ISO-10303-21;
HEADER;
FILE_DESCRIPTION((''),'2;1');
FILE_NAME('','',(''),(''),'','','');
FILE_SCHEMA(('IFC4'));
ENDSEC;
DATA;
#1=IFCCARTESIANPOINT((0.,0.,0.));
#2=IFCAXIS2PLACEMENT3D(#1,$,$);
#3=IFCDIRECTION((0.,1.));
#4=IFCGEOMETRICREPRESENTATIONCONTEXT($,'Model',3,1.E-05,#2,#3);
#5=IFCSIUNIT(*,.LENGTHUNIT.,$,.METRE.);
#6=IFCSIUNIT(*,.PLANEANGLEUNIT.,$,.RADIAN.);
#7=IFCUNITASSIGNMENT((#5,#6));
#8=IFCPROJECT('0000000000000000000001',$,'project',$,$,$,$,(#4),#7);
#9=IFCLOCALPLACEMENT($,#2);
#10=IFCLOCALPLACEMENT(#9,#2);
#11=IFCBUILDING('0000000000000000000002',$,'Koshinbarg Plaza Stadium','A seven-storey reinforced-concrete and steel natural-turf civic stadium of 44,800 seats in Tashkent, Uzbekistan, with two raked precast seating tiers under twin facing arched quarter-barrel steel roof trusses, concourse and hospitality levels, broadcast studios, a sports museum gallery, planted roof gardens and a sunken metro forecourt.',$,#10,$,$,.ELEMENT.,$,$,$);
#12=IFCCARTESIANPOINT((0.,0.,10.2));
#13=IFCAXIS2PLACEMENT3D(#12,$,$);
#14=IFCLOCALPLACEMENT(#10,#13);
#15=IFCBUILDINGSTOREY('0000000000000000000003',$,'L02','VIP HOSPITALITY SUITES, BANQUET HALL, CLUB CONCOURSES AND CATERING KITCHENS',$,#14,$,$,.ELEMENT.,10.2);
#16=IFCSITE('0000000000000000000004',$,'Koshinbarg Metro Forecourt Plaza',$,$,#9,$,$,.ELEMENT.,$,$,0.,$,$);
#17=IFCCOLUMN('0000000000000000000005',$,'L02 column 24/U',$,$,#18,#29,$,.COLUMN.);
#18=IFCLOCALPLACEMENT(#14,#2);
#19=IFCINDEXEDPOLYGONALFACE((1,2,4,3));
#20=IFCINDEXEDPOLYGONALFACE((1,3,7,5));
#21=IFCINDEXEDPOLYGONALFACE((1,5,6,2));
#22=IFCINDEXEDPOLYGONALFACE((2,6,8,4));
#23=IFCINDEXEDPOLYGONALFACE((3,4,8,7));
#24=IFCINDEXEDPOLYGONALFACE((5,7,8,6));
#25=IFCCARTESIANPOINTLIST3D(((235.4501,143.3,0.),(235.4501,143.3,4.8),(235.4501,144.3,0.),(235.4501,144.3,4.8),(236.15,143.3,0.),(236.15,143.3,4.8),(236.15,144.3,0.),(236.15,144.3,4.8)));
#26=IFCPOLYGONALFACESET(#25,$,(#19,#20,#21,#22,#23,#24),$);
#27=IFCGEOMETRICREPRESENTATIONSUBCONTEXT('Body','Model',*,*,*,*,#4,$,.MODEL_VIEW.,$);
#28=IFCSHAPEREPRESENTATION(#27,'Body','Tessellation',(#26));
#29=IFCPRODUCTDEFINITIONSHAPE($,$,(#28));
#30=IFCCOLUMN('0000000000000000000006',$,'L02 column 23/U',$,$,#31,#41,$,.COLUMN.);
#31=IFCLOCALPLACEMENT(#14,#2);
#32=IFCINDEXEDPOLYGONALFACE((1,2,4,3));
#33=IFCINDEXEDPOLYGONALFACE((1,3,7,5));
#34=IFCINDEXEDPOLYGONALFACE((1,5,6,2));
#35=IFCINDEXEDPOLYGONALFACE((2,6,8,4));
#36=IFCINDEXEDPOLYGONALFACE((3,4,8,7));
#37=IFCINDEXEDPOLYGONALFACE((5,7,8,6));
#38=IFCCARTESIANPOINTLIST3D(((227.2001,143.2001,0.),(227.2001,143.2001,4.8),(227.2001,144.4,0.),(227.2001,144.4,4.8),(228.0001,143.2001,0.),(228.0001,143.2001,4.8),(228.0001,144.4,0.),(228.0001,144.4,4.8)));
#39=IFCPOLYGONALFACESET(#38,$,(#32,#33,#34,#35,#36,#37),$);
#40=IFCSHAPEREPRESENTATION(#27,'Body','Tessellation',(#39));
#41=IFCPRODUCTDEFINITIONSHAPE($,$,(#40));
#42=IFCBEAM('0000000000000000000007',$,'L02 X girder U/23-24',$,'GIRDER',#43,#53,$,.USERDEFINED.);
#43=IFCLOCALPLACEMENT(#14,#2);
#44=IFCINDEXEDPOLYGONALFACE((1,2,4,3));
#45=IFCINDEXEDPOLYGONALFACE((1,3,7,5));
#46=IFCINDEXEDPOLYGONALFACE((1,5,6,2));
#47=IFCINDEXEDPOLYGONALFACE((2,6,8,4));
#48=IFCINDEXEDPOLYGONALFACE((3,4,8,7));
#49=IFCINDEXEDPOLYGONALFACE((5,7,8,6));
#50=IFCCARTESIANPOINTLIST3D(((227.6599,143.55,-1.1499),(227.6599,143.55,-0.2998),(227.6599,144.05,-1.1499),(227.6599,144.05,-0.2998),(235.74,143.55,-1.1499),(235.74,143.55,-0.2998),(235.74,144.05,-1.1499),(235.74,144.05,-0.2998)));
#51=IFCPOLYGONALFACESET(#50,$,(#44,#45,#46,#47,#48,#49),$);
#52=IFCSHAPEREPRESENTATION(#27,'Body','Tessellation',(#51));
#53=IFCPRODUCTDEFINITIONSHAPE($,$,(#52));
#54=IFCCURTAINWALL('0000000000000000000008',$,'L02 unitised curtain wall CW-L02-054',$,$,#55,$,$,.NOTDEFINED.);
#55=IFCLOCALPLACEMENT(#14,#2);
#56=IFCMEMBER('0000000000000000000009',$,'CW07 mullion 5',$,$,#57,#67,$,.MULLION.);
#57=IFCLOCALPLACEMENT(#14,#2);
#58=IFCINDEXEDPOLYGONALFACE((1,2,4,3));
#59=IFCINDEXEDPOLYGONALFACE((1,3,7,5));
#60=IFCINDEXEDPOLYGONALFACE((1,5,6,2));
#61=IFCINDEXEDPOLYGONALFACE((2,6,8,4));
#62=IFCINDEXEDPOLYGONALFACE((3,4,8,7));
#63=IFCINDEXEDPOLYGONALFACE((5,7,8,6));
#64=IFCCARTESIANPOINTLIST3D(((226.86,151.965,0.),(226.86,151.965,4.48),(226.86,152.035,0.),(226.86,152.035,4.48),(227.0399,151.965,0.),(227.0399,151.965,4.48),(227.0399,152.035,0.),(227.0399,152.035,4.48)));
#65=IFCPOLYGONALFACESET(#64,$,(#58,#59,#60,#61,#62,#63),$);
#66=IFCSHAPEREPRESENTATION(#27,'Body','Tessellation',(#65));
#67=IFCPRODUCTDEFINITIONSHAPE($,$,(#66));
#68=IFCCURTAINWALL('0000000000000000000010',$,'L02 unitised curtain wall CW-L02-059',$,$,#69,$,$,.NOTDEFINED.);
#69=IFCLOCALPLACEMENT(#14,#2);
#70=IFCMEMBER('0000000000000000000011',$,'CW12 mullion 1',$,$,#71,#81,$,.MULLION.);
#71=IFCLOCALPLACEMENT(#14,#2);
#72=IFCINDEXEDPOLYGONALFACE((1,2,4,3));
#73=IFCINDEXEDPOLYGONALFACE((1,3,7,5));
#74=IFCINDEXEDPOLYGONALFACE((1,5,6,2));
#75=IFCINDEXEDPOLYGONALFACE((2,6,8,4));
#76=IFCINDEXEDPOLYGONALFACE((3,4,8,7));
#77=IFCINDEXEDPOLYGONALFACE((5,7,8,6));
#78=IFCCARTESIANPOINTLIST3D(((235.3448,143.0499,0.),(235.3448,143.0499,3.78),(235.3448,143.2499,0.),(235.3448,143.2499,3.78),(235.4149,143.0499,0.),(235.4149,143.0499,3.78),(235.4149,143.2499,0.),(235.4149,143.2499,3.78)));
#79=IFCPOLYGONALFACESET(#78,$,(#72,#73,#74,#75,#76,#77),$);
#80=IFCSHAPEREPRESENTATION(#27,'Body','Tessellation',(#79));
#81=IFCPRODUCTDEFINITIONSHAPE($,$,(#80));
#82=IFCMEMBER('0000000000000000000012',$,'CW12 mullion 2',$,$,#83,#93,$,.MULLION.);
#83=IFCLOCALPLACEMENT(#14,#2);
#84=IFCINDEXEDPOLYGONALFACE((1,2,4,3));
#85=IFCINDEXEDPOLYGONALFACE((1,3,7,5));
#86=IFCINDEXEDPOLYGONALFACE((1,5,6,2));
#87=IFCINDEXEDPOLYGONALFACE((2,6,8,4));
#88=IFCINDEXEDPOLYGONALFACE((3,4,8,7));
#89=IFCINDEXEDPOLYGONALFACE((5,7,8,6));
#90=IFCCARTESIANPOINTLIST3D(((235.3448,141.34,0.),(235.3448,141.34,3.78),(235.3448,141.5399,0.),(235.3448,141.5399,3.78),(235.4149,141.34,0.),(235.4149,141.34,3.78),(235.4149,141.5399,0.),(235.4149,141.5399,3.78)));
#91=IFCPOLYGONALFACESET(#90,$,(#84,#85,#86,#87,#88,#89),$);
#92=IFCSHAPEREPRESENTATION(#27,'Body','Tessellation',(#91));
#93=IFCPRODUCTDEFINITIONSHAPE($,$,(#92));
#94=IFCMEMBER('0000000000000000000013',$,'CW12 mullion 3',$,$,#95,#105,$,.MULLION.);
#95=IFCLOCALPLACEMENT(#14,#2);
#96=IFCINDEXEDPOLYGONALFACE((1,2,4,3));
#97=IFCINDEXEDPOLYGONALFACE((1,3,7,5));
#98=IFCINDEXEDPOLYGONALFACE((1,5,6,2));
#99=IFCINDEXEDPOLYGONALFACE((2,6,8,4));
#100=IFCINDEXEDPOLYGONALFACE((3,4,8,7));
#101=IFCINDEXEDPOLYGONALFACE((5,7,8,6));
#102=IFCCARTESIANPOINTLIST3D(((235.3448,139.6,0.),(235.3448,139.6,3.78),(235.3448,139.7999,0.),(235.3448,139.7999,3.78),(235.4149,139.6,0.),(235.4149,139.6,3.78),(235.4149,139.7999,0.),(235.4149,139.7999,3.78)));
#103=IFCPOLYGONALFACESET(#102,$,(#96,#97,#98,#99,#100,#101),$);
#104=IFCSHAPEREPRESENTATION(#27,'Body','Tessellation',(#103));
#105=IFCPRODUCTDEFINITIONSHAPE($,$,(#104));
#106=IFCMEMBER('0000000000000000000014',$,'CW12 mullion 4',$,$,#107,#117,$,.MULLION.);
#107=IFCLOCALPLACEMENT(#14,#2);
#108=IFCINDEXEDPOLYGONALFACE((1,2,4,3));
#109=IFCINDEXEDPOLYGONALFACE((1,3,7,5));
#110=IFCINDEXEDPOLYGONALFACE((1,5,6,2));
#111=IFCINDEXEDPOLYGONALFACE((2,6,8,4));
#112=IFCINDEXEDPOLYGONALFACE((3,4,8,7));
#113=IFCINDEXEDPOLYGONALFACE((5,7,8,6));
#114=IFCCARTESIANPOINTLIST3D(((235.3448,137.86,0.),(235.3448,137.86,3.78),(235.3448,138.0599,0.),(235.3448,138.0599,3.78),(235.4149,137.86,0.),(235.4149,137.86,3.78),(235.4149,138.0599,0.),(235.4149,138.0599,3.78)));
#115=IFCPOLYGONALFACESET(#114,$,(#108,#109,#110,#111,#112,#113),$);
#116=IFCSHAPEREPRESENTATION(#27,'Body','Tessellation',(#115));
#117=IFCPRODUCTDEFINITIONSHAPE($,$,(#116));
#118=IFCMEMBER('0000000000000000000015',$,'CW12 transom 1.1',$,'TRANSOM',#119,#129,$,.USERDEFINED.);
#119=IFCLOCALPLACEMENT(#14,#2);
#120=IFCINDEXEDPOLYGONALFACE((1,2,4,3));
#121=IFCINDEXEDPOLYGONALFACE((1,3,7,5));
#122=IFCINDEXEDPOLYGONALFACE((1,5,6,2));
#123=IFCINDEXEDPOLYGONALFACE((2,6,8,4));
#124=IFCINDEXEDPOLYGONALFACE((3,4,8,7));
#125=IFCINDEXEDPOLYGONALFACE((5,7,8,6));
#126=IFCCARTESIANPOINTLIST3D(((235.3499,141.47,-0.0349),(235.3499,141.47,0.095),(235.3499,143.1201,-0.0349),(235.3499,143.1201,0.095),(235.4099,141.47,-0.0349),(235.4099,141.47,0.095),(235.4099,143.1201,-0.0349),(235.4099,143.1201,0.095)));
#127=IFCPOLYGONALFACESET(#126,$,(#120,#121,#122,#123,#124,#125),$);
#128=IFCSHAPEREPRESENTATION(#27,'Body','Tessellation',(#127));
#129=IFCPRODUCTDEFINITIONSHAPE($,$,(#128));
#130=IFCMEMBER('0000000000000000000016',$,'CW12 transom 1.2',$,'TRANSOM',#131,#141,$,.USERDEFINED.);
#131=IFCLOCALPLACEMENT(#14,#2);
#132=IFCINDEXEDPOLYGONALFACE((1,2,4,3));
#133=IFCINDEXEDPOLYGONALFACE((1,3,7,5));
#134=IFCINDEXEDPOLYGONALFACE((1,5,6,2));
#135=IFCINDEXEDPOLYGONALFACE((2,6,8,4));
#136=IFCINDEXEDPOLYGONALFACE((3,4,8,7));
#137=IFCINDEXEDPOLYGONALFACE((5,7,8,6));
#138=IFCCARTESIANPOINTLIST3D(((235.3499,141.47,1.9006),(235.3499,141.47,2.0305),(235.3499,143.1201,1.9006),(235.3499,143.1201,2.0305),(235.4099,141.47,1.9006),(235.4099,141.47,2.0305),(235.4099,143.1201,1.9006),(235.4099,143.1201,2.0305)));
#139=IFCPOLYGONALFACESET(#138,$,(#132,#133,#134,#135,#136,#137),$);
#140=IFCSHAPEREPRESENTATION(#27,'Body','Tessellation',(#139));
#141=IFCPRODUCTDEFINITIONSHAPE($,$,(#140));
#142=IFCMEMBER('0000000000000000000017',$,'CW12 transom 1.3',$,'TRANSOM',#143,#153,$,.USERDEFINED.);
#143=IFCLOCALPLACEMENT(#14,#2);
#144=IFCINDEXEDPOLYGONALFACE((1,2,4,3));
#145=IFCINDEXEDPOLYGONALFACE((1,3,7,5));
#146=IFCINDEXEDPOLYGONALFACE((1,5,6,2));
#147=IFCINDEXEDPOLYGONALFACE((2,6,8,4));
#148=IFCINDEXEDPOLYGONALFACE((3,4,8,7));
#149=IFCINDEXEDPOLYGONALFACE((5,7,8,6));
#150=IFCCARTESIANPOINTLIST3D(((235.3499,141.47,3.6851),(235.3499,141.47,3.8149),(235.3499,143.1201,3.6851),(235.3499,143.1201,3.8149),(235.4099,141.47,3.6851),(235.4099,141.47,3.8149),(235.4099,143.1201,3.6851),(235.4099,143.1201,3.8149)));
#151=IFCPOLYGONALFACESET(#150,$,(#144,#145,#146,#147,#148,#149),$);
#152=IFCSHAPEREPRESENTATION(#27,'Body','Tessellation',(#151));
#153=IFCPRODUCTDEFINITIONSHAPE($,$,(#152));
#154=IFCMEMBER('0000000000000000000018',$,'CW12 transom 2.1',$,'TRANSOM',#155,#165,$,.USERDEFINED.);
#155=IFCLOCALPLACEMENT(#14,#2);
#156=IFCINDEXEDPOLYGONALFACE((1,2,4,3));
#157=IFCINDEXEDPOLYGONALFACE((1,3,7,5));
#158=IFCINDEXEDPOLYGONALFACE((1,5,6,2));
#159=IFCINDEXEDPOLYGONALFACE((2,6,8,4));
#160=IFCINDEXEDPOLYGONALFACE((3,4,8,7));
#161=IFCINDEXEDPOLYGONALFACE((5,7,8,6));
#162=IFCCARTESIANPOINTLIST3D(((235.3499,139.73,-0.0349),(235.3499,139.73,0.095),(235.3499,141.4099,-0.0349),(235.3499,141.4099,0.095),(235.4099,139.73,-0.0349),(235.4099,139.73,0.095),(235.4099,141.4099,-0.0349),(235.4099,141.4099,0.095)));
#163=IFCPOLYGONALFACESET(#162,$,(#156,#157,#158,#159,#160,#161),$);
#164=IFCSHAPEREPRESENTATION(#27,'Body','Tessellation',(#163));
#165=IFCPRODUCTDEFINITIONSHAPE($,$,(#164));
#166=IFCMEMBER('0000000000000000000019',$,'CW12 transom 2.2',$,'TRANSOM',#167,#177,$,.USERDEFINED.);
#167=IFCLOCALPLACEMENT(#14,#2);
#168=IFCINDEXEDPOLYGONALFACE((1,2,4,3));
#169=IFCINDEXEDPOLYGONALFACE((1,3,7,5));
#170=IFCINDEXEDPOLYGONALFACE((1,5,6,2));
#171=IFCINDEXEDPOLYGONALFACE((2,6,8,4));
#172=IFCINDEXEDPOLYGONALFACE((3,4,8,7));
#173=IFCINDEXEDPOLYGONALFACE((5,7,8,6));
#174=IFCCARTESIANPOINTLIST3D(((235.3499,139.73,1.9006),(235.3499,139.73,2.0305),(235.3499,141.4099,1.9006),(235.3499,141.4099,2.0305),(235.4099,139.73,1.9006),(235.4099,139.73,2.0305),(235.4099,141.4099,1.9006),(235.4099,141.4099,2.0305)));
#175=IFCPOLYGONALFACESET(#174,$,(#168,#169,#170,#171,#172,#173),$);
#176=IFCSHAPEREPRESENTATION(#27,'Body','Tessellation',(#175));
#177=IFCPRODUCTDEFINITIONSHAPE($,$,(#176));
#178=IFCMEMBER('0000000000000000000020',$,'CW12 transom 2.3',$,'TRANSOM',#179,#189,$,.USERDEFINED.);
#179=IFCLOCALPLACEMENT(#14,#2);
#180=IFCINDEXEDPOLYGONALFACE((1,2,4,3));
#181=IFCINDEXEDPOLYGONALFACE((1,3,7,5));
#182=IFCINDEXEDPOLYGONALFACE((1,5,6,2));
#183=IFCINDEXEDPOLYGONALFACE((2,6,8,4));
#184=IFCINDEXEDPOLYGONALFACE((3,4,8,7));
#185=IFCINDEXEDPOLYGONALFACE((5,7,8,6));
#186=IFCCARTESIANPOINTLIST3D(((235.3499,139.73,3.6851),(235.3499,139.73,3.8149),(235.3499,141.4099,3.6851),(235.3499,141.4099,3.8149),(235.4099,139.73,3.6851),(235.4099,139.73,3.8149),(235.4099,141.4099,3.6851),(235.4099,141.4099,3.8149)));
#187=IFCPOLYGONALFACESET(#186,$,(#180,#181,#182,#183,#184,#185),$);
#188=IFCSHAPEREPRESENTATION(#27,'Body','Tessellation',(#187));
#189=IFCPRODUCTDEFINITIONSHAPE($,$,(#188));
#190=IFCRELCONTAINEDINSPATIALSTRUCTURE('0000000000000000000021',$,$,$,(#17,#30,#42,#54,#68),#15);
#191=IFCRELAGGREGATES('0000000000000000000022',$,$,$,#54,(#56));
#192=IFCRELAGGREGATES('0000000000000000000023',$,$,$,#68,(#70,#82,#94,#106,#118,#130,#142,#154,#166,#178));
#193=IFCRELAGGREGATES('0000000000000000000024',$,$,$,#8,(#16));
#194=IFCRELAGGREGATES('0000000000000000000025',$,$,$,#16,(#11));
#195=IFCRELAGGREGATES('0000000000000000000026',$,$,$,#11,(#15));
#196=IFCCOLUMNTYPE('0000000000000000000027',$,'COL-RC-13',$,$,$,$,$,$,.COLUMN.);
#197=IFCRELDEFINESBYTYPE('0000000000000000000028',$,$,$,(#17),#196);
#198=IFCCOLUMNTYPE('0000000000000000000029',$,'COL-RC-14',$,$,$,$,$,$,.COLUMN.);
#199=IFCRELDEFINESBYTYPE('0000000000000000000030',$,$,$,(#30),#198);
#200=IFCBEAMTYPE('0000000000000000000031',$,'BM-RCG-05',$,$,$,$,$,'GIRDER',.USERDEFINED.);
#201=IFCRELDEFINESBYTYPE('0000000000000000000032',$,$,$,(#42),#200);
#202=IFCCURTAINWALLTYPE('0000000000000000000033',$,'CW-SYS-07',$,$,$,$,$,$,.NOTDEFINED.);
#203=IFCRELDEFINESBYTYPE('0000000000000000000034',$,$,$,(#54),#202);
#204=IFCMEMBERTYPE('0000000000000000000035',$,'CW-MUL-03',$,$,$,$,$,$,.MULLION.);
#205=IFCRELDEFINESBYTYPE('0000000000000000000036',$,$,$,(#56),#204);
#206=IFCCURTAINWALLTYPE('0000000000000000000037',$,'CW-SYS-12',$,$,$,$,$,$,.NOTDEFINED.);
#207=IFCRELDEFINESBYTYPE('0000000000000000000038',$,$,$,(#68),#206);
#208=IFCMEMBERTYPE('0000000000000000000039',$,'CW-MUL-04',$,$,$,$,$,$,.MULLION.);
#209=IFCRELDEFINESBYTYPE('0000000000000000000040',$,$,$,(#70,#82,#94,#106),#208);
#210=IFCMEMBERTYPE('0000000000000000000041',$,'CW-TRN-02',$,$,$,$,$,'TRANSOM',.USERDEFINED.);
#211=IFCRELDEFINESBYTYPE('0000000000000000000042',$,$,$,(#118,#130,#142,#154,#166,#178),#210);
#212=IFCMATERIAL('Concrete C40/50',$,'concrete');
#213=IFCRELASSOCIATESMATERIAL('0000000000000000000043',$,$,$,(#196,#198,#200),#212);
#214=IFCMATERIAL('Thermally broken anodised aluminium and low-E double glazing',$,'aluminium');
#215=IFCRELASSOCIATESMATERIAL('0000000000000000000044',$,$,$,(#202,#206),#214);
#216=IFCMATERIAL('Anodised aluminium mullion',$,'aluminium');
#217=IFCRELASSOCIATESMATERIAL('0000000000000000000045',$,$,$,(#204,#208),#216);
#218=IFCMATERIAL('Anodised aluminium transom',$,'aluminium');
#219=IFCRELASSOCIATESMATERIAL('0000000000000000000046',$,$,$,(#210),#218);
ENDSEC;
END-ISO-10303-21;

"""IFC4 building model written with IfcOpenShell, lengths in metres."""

from ifc_helpers import new_model, si_unit, direction, frame, origin, origin_2d, place, context, subcontext, project, spatial, rectangle, extrude, material, material_profile, profile_set, type_object, element, aggregate, save


model = new_model("IFC4")

# Units and contexts
model_context = context("Model", 3, precision=1e-05, world=origin(), true_north=direction((0.0, 1.0)))
body_context = subcontext(model_context, "Body", "Model", "MODEL_VIEW")
ifc_project = project(units=[si_unit("LENGTHUNIT", "METRE"), si_unit("PLANEANGLEUNIT", "RADIAN")], contexts=[model_context])

# Site, building, storey
site_placement = place(None, origin())
site = spatial("IfcSite", under=ifc_project, at=site_placement, Name="Koshinbarg Metro Forecourt Plaza", CompositionType="ELEMENT", RefElevation=0.0)
building_placement = place(site_placement, origin())
building = spatial("IfcBuilding", under=site, at=building_placement, Name="Koshinbarg Plaza Stadium", Description="A seven-storey reinforced-concrete and steel natural-turf civic stadium of 44,800 seats in Tashkent, Uzbekistan, with two raked precast seating tiers under twin facing arched quarter-barrel steel roof trusses, concourse and hospitality levels, broadcast studios, a sports museum gallery, planted roof gardens and a sunken metro forecourt.", CompositionType="ELEMENT")
storey_placement = place(building_placement, frame((0.0, 0.0, 10.2)))
storey = spatial("IfcBuildingStorey", under=building, at=storey_placement, Name="L02", Description="VIP HOSPITALITY SUITES, BANQUET HALL, CLUB CONCOURSES AND CATERING KITCHENS", CompositionType="ELEMENT", Elevation=10.2)

# Columns
ifc_material_1 = material(Name="Concrete C40/50", Category="concrete")
ifc_material_profile_1 = material_profile(ifc_material_1, rectangle(XDim=0.7, YDim=1.0, at=origin_2d()), Name="RC 700x1000")
ifc_profile_set_1 = profile_set([ifc_material_profile_1], Name="Concrete C40/50")
column_type_1 = type_object("IfcColumnType", Name="COL-RC-13", PredefinedType="COLUMN", material=ifc_profile_set_1)
column_1_placement = place(storey_placement, frame((235.8, 143.8, 0.0), z_axis=(0.0, 0.0, 1.0), x_axis=(1.0, 0.0, 0.0)))
element("IfcColumn", 1, at=column_1_placement, inside=storey, type_object=column_type_1, Name="L02 column 24/U", PredefinedType="COLUMN", context=body_context, shape_type="SweptSolid", body=[
    extrude(rectangle(XDim=0.7, YDim=1.0, at=origin_2d()), origin(), (0.0, 0.0, 1.0), 4.8),
])
ifc_material_profile_2 = material_profile(ifc_material_1, rectangle(XDim=0.8, YDim=1.2, at=origin_2d()), Name="RC 800x1200")
ifc_profile_set_2 = profile_set([ifc_material_profile_2], Name="Concrete C40/50")
column_type_2 = type_object("IfcColumnType", Name="COL-RC-14", PredefinedType="COLUMN", material=ifc_profile_set_2)
column_2_placement = place(storey_placement, frame((227.6001, 143.8, 0.0), z_axis=(0.0, 0.0, 1.0), x_axis=(1.0, 0.0, 0.0)))
element("IfcColumn", 2, at=column_2_placement, inside=storey, type_object=column_type_2, Name="L02 column 23/U", PredefinedType="COLUMN", context=body_context, shape_type="SweptSolid", body=[
    extrude(rectangle(XDim=0.8, YDim=1.2, at=origin_2d()), origin(), (0.0, 0.0, 1.0), 4.8),
])

# Beam
ifc_material_profile_3 = material_profile(ifc_material_1, rectangle(XDim=0.5, YDim=0.8501, at=origin_2d()), Name="RC 500x850")
ifc_profile_set_3 = profile_set([ifc_material_profile_3], Name="Concrete C40/50")
beam_type = type_object("IfcBeamType", Name="BM-RCG-05", ElementType="GIRDER", PredefinedType="USERDEFINED", material=ifc_profile_set_3)
beam_placement = place(storey_placement, frame((227.6599, 143.8, -0.7249), z_axis=(1.0, 0.0, 0.0), x_axis=(0.0, 1.0, 0.0)))
element("IfcBeam", 3, at=beam_placement, inside=storey, type_object=beam_type, Name="L02 X girder U/23-24", ObjectType="GIRDER", PredefinedType="USERDEFINED", context=body_context, shape_type="SweptSolid", body=[
    extrude(rectangle(XDim=0.5, YDim=0.8501, at=origin_2d()), origin(), (0.0, 0.0, 1.0), 8.0801),
])

# Curtain wall, member
ifc_material_2 = material(Name="Thermally broken anodised aluminium and low-E double glazing", Category="aluminium")
curtain_wall_type_1 = type_object("IfcCurtainWallType", Name="CW-SYS-07", PredefinedType="NOTDEFINED", material=ifc_material_2)
curtain_wall_1_placement = place(storey_placement, origin())
curtain_wall_1 = element("IfcCurtainWall", 4, at=curtain_wall_1_placement, inside=storey, type_object=curtain_wall_type_1, Name="L02 unitised curtain wall CW-L02-054", PredefinedType="NOTDEFINED")
ifc_material_3 = material(Name="Anodised aluminium mullion", Category="aluminium")
ifc_material_profile_4 = material_profile(ifc_material_3, rectangle(XDim=0.0701, YDim=0.1799, at=origin_2d()), Name="ALU 70x180")
ifc_profile_set_4 = profile_set([ifc_material_profile_4], Name="Anodised aluminium mullion")
member_type_1 = type_object("IfcMemberType", Name="CW-MUL-03", PredefinedType="MULLION", material=ifc_profile_set_4)
member_1_placement = place(storey_placement, frame((226.95, 152.0, 0.0), z_axis=(0.0, 0.0, 1.0), x_axis=(0.0, 1.0, 0.0)))
member_1 = element("IfcMember", 5, at=member_1_placement, type_object=member_type_1, Name="CW07 mullion 5", PredefinedType="MULLION", context=body_context, shape_type="SweptSolid", body=[
    extrude(rectangle(XDim=0.0701, YDim=0.1799, at=origin_2d()), origin(), (0.0, 0.0, 1.0), 4.48),
])
aggregate(curtain_wall_1, [member_1])

# Curtain wall, members
curtain_wall_type_2 = type_object("IfcCurtainWallType", Name="CW-SYS-12", PredefinedType="NOTDEFINED", material=ifc_material_2)
curtain_wall_2_placement = place(storey_placement, origin())
curtain_wall_2 = element("IfcCurtainWall", 6, at=curtain_wall_2_placement, inside=storey, type_object=curtain_wall_type_2, Name="L02 unitised curtain wall CW-L02-059", PredefinedType="NOTDEFINED")
ifc_material_profile_5 = material_profile(ifc_material_3, rectangle(XDim=0.0701, YDim=0.2, at=origin_2d()), Name="ALU 70x200")
ifc_profile_set_5 = profile_set([ifc_material_profile_5], Name="Anodised aluminium mullion")
member_type_2 = type_object("IfcMemberType", Name="CW-MUL-04", PredefinedType="MULLION", material=ifc_profile_set_5)
member_2_placement = place(storey_placement, frame((235.3799, 143.1499, 0.0), z_axis=(0.0, 0.0, 1.0), x_axis=(1.0, 0.0, 0.0)))
member_2 = element("IfcMember", 7, at=member_2_placement, type_object=member_type_2, Name="CW12 mullion 1", PredefinedType="MULLION", context=body_context, shape_type="SweptSolid", body=[
    extrude(rectangle(XDim=0.0701, YDim=0.2, at=origin_2d()), origin(), (0.0, 0.0, 1.0), 3.78),
])
member_3_placement = place(storey_placement, frame((235.3799, 141.4399, 0.0), z_axis=(0.0, 0.0, 1.0), x_axis=(1.0, 0.0, 0.0)))
member_3 = element("IfcMember", 8, at=member_3_placement, type_object=member_type_2, Name="CW12 mullion 2", PredefinedType="MULLION", context=body_context, shape_type="SweptSolid", body=[
    extrude(rectangle(XDim=0.0701, YDim=0.2, at=origin_2d()), origin(), (0.0, 0.0, 1.0), 3.78),
])
member_4_placement = place(storey_placement, frame((235.3799, 139.7, 0.0), z_axis=(0.0, 0.0, 1.0), x_axis=(1.0, 0.0, 0.0)))
member_4 = element("IfcMember", 9, at=member_4_placement, type_object=member_type_2, Name="CW12 mullion 3", PredefinedType="MULLION", context=body_context, shape_type="SweptSolid", body=[
    extrude(rectangle(XDim=0.0701, YDim=0.2, at=origin_2d()), origin(), (0.0, 0.0, 1.0), 3.78),
])
member_5_placement = place(storey_placement, frame((235.3799, 137.96, 0.0), z_axis=(0.0, 0.0, 1.0), x_axis=(1.0, 0.0, 0.0)))
member_5 = element("IfcMember", 10, at=member_5_placement, type_object=member_type_2, Name="CW12 mullion 4", PredefinedType="MULLION", context=body_context, shape_type="SweptSolid", body=[
    extrude(rectangle(XDim=0.0701, YDim=0.2, at=origin_2d()), origin(), (0.0, 0.0, 1.0), 3.78),
])
ifc_material_4 = material(Name="Anodised aluminium transom", Category="aluminium")
ifc_material_profile_6 = material_profile(ifc_material_4, rectangle(XDim=0.0601, YDim=0.1299, at=origin_2d()), Name="ALU 60x130")
ifc_profile_set_6 = profile_set([ifc_material_profile_6], Name="Anodised aluminium transom")
member_type_3 = type_object("IfcMemberType", Name="CW-TRN-02", ElementType="TRANSOM", PredefinedType="USERDEFINED", material=ifc_profile_set_6)
member_6_placement = place(storey_placement, frame((235.3799, 143.1201, 0.03), z_axis=(0.0, -1.0, 0.0), x_axis=(1.0, 0.0, 0.0)))
member_6 = element("IfcMember", 11, at=member_6_placement, type_object=member_type_3, Name="CW12 transom 1.1", ObjectType="TRANSOM", PredefinedType="USERDEFINED", context=body_context, shape_type="SweptSolid", body=[
    extrude(rectangle(XDim=0.0601, YDim=0.1299, at=origin_2d()), origin(), (0.0, 0.0, 1.0), 1.6501),
])
member_7_placement = place(storey_placement, frame((235.3799, 143.1201, 1.9656), z_axis=(0.0, -1.0, 0.0), x_axis=(1.0, 0.0, 0.0)))
member_7 = element("IfcMember", 12, at=member_7_placement, type_object=member_type_3, Name="CW12 transom 1.2", ObjectType="TRANSOM", PredefinedType="USERDEFINED", context=body_context, shape_type="SweptSolid", body=[
    extrude(rectangle(XDim=0.0601, YDim=0.1299, at=origin_2d()), origin(), (0.0, 0.0, 1.0), 1.6501),
])
member_8_placement = place(storey_placement, frame((235.3799, 143.1201, 3.75), z_axis=(0.0, -1.0, 0.0), x_axis=(1.0, 0.0, 0.0)))
member_8 = element("IfcMember", 13, at=member_8_placement, type_object=member_type_3, Name="CW12 transom 1.3", ObjectType="TRANSOM", PredefinedType="USERDEFINED", context=body_context, shape_type="SweptSolid", body=[
    extrude(rectangle(XDim=0.0601, YDim=0.1299, at=origin_2d()), origin(), (0.0, 0.0, 1.0), 1.6501),
])
member_9_placement = place(storey_placement, frame((235.3799, 141.4099, 0.03), z_axis=(0.0, -1.0, 0.0), x_axis=(1.0, 0.0, 0.0)))
member_9 = element("IfcMember", 14, at=member_9_placement, type_object=member_type_3, Name="CW12 transom 2.1", ObjectType="TRANSOM", PredefinedType="USERDEFINED", context=body_context, shape_type="SweptSolid", body=[
    extrude(rectangle(XDim=0.0601, YDim=0.1299, at=origin_2d()), origin(), (0.0, 0.0, 1.0), 1.6799),
])
member_10_placement = place(storey_placement, frame((235.3799, 141.4099, 1.9656), z_axis=(0.0, -1.0, 0.0), x_axis=(1.0, 0.0, 0.0)))
member_10 = element("IfcMember", 15, at=member_10_placement, type_object=member_type_3, Name="CW12 transom 2.2", ObjectType="TRANSOM", PredefinedType="USERDEFINED", context=body_context, shape_type="SweptSolid", body=[
    extrude(rectangle(XDim=0.0601, YDim=0.1299, at=origin_2d()), origin(), (0.0, 0.0, 1.0), 1.6799),
])
member_11_placement = place(storey_placement, frame((235.3799, 141.4099, 3.75), z_axis=(0.0, -1.0, 0.0), x_axis=(1.0, 0.0, 0.0)))
member_11 = element("IfcMember", 16, at=member_11_placement, type_object=member_type_3, Name="CW12 transom 2.3", ObjectType="TRANSOM", PredefinedType="USERDEFINED", context=body_context, shape_type="SweptSolid", body=[
    extrude(rectangle(XDim=0.0601, YDim=0.1299, at=origin_2d()), origin(), (0.0, 0.0, 1.0), 1.6799),
])
aggregate(curtain_wall_2, [member_2, member_3, member_4, member_5, member_6, member_7, member_8, member_9, member_10, member_11])

save(model, "model.ifc")
